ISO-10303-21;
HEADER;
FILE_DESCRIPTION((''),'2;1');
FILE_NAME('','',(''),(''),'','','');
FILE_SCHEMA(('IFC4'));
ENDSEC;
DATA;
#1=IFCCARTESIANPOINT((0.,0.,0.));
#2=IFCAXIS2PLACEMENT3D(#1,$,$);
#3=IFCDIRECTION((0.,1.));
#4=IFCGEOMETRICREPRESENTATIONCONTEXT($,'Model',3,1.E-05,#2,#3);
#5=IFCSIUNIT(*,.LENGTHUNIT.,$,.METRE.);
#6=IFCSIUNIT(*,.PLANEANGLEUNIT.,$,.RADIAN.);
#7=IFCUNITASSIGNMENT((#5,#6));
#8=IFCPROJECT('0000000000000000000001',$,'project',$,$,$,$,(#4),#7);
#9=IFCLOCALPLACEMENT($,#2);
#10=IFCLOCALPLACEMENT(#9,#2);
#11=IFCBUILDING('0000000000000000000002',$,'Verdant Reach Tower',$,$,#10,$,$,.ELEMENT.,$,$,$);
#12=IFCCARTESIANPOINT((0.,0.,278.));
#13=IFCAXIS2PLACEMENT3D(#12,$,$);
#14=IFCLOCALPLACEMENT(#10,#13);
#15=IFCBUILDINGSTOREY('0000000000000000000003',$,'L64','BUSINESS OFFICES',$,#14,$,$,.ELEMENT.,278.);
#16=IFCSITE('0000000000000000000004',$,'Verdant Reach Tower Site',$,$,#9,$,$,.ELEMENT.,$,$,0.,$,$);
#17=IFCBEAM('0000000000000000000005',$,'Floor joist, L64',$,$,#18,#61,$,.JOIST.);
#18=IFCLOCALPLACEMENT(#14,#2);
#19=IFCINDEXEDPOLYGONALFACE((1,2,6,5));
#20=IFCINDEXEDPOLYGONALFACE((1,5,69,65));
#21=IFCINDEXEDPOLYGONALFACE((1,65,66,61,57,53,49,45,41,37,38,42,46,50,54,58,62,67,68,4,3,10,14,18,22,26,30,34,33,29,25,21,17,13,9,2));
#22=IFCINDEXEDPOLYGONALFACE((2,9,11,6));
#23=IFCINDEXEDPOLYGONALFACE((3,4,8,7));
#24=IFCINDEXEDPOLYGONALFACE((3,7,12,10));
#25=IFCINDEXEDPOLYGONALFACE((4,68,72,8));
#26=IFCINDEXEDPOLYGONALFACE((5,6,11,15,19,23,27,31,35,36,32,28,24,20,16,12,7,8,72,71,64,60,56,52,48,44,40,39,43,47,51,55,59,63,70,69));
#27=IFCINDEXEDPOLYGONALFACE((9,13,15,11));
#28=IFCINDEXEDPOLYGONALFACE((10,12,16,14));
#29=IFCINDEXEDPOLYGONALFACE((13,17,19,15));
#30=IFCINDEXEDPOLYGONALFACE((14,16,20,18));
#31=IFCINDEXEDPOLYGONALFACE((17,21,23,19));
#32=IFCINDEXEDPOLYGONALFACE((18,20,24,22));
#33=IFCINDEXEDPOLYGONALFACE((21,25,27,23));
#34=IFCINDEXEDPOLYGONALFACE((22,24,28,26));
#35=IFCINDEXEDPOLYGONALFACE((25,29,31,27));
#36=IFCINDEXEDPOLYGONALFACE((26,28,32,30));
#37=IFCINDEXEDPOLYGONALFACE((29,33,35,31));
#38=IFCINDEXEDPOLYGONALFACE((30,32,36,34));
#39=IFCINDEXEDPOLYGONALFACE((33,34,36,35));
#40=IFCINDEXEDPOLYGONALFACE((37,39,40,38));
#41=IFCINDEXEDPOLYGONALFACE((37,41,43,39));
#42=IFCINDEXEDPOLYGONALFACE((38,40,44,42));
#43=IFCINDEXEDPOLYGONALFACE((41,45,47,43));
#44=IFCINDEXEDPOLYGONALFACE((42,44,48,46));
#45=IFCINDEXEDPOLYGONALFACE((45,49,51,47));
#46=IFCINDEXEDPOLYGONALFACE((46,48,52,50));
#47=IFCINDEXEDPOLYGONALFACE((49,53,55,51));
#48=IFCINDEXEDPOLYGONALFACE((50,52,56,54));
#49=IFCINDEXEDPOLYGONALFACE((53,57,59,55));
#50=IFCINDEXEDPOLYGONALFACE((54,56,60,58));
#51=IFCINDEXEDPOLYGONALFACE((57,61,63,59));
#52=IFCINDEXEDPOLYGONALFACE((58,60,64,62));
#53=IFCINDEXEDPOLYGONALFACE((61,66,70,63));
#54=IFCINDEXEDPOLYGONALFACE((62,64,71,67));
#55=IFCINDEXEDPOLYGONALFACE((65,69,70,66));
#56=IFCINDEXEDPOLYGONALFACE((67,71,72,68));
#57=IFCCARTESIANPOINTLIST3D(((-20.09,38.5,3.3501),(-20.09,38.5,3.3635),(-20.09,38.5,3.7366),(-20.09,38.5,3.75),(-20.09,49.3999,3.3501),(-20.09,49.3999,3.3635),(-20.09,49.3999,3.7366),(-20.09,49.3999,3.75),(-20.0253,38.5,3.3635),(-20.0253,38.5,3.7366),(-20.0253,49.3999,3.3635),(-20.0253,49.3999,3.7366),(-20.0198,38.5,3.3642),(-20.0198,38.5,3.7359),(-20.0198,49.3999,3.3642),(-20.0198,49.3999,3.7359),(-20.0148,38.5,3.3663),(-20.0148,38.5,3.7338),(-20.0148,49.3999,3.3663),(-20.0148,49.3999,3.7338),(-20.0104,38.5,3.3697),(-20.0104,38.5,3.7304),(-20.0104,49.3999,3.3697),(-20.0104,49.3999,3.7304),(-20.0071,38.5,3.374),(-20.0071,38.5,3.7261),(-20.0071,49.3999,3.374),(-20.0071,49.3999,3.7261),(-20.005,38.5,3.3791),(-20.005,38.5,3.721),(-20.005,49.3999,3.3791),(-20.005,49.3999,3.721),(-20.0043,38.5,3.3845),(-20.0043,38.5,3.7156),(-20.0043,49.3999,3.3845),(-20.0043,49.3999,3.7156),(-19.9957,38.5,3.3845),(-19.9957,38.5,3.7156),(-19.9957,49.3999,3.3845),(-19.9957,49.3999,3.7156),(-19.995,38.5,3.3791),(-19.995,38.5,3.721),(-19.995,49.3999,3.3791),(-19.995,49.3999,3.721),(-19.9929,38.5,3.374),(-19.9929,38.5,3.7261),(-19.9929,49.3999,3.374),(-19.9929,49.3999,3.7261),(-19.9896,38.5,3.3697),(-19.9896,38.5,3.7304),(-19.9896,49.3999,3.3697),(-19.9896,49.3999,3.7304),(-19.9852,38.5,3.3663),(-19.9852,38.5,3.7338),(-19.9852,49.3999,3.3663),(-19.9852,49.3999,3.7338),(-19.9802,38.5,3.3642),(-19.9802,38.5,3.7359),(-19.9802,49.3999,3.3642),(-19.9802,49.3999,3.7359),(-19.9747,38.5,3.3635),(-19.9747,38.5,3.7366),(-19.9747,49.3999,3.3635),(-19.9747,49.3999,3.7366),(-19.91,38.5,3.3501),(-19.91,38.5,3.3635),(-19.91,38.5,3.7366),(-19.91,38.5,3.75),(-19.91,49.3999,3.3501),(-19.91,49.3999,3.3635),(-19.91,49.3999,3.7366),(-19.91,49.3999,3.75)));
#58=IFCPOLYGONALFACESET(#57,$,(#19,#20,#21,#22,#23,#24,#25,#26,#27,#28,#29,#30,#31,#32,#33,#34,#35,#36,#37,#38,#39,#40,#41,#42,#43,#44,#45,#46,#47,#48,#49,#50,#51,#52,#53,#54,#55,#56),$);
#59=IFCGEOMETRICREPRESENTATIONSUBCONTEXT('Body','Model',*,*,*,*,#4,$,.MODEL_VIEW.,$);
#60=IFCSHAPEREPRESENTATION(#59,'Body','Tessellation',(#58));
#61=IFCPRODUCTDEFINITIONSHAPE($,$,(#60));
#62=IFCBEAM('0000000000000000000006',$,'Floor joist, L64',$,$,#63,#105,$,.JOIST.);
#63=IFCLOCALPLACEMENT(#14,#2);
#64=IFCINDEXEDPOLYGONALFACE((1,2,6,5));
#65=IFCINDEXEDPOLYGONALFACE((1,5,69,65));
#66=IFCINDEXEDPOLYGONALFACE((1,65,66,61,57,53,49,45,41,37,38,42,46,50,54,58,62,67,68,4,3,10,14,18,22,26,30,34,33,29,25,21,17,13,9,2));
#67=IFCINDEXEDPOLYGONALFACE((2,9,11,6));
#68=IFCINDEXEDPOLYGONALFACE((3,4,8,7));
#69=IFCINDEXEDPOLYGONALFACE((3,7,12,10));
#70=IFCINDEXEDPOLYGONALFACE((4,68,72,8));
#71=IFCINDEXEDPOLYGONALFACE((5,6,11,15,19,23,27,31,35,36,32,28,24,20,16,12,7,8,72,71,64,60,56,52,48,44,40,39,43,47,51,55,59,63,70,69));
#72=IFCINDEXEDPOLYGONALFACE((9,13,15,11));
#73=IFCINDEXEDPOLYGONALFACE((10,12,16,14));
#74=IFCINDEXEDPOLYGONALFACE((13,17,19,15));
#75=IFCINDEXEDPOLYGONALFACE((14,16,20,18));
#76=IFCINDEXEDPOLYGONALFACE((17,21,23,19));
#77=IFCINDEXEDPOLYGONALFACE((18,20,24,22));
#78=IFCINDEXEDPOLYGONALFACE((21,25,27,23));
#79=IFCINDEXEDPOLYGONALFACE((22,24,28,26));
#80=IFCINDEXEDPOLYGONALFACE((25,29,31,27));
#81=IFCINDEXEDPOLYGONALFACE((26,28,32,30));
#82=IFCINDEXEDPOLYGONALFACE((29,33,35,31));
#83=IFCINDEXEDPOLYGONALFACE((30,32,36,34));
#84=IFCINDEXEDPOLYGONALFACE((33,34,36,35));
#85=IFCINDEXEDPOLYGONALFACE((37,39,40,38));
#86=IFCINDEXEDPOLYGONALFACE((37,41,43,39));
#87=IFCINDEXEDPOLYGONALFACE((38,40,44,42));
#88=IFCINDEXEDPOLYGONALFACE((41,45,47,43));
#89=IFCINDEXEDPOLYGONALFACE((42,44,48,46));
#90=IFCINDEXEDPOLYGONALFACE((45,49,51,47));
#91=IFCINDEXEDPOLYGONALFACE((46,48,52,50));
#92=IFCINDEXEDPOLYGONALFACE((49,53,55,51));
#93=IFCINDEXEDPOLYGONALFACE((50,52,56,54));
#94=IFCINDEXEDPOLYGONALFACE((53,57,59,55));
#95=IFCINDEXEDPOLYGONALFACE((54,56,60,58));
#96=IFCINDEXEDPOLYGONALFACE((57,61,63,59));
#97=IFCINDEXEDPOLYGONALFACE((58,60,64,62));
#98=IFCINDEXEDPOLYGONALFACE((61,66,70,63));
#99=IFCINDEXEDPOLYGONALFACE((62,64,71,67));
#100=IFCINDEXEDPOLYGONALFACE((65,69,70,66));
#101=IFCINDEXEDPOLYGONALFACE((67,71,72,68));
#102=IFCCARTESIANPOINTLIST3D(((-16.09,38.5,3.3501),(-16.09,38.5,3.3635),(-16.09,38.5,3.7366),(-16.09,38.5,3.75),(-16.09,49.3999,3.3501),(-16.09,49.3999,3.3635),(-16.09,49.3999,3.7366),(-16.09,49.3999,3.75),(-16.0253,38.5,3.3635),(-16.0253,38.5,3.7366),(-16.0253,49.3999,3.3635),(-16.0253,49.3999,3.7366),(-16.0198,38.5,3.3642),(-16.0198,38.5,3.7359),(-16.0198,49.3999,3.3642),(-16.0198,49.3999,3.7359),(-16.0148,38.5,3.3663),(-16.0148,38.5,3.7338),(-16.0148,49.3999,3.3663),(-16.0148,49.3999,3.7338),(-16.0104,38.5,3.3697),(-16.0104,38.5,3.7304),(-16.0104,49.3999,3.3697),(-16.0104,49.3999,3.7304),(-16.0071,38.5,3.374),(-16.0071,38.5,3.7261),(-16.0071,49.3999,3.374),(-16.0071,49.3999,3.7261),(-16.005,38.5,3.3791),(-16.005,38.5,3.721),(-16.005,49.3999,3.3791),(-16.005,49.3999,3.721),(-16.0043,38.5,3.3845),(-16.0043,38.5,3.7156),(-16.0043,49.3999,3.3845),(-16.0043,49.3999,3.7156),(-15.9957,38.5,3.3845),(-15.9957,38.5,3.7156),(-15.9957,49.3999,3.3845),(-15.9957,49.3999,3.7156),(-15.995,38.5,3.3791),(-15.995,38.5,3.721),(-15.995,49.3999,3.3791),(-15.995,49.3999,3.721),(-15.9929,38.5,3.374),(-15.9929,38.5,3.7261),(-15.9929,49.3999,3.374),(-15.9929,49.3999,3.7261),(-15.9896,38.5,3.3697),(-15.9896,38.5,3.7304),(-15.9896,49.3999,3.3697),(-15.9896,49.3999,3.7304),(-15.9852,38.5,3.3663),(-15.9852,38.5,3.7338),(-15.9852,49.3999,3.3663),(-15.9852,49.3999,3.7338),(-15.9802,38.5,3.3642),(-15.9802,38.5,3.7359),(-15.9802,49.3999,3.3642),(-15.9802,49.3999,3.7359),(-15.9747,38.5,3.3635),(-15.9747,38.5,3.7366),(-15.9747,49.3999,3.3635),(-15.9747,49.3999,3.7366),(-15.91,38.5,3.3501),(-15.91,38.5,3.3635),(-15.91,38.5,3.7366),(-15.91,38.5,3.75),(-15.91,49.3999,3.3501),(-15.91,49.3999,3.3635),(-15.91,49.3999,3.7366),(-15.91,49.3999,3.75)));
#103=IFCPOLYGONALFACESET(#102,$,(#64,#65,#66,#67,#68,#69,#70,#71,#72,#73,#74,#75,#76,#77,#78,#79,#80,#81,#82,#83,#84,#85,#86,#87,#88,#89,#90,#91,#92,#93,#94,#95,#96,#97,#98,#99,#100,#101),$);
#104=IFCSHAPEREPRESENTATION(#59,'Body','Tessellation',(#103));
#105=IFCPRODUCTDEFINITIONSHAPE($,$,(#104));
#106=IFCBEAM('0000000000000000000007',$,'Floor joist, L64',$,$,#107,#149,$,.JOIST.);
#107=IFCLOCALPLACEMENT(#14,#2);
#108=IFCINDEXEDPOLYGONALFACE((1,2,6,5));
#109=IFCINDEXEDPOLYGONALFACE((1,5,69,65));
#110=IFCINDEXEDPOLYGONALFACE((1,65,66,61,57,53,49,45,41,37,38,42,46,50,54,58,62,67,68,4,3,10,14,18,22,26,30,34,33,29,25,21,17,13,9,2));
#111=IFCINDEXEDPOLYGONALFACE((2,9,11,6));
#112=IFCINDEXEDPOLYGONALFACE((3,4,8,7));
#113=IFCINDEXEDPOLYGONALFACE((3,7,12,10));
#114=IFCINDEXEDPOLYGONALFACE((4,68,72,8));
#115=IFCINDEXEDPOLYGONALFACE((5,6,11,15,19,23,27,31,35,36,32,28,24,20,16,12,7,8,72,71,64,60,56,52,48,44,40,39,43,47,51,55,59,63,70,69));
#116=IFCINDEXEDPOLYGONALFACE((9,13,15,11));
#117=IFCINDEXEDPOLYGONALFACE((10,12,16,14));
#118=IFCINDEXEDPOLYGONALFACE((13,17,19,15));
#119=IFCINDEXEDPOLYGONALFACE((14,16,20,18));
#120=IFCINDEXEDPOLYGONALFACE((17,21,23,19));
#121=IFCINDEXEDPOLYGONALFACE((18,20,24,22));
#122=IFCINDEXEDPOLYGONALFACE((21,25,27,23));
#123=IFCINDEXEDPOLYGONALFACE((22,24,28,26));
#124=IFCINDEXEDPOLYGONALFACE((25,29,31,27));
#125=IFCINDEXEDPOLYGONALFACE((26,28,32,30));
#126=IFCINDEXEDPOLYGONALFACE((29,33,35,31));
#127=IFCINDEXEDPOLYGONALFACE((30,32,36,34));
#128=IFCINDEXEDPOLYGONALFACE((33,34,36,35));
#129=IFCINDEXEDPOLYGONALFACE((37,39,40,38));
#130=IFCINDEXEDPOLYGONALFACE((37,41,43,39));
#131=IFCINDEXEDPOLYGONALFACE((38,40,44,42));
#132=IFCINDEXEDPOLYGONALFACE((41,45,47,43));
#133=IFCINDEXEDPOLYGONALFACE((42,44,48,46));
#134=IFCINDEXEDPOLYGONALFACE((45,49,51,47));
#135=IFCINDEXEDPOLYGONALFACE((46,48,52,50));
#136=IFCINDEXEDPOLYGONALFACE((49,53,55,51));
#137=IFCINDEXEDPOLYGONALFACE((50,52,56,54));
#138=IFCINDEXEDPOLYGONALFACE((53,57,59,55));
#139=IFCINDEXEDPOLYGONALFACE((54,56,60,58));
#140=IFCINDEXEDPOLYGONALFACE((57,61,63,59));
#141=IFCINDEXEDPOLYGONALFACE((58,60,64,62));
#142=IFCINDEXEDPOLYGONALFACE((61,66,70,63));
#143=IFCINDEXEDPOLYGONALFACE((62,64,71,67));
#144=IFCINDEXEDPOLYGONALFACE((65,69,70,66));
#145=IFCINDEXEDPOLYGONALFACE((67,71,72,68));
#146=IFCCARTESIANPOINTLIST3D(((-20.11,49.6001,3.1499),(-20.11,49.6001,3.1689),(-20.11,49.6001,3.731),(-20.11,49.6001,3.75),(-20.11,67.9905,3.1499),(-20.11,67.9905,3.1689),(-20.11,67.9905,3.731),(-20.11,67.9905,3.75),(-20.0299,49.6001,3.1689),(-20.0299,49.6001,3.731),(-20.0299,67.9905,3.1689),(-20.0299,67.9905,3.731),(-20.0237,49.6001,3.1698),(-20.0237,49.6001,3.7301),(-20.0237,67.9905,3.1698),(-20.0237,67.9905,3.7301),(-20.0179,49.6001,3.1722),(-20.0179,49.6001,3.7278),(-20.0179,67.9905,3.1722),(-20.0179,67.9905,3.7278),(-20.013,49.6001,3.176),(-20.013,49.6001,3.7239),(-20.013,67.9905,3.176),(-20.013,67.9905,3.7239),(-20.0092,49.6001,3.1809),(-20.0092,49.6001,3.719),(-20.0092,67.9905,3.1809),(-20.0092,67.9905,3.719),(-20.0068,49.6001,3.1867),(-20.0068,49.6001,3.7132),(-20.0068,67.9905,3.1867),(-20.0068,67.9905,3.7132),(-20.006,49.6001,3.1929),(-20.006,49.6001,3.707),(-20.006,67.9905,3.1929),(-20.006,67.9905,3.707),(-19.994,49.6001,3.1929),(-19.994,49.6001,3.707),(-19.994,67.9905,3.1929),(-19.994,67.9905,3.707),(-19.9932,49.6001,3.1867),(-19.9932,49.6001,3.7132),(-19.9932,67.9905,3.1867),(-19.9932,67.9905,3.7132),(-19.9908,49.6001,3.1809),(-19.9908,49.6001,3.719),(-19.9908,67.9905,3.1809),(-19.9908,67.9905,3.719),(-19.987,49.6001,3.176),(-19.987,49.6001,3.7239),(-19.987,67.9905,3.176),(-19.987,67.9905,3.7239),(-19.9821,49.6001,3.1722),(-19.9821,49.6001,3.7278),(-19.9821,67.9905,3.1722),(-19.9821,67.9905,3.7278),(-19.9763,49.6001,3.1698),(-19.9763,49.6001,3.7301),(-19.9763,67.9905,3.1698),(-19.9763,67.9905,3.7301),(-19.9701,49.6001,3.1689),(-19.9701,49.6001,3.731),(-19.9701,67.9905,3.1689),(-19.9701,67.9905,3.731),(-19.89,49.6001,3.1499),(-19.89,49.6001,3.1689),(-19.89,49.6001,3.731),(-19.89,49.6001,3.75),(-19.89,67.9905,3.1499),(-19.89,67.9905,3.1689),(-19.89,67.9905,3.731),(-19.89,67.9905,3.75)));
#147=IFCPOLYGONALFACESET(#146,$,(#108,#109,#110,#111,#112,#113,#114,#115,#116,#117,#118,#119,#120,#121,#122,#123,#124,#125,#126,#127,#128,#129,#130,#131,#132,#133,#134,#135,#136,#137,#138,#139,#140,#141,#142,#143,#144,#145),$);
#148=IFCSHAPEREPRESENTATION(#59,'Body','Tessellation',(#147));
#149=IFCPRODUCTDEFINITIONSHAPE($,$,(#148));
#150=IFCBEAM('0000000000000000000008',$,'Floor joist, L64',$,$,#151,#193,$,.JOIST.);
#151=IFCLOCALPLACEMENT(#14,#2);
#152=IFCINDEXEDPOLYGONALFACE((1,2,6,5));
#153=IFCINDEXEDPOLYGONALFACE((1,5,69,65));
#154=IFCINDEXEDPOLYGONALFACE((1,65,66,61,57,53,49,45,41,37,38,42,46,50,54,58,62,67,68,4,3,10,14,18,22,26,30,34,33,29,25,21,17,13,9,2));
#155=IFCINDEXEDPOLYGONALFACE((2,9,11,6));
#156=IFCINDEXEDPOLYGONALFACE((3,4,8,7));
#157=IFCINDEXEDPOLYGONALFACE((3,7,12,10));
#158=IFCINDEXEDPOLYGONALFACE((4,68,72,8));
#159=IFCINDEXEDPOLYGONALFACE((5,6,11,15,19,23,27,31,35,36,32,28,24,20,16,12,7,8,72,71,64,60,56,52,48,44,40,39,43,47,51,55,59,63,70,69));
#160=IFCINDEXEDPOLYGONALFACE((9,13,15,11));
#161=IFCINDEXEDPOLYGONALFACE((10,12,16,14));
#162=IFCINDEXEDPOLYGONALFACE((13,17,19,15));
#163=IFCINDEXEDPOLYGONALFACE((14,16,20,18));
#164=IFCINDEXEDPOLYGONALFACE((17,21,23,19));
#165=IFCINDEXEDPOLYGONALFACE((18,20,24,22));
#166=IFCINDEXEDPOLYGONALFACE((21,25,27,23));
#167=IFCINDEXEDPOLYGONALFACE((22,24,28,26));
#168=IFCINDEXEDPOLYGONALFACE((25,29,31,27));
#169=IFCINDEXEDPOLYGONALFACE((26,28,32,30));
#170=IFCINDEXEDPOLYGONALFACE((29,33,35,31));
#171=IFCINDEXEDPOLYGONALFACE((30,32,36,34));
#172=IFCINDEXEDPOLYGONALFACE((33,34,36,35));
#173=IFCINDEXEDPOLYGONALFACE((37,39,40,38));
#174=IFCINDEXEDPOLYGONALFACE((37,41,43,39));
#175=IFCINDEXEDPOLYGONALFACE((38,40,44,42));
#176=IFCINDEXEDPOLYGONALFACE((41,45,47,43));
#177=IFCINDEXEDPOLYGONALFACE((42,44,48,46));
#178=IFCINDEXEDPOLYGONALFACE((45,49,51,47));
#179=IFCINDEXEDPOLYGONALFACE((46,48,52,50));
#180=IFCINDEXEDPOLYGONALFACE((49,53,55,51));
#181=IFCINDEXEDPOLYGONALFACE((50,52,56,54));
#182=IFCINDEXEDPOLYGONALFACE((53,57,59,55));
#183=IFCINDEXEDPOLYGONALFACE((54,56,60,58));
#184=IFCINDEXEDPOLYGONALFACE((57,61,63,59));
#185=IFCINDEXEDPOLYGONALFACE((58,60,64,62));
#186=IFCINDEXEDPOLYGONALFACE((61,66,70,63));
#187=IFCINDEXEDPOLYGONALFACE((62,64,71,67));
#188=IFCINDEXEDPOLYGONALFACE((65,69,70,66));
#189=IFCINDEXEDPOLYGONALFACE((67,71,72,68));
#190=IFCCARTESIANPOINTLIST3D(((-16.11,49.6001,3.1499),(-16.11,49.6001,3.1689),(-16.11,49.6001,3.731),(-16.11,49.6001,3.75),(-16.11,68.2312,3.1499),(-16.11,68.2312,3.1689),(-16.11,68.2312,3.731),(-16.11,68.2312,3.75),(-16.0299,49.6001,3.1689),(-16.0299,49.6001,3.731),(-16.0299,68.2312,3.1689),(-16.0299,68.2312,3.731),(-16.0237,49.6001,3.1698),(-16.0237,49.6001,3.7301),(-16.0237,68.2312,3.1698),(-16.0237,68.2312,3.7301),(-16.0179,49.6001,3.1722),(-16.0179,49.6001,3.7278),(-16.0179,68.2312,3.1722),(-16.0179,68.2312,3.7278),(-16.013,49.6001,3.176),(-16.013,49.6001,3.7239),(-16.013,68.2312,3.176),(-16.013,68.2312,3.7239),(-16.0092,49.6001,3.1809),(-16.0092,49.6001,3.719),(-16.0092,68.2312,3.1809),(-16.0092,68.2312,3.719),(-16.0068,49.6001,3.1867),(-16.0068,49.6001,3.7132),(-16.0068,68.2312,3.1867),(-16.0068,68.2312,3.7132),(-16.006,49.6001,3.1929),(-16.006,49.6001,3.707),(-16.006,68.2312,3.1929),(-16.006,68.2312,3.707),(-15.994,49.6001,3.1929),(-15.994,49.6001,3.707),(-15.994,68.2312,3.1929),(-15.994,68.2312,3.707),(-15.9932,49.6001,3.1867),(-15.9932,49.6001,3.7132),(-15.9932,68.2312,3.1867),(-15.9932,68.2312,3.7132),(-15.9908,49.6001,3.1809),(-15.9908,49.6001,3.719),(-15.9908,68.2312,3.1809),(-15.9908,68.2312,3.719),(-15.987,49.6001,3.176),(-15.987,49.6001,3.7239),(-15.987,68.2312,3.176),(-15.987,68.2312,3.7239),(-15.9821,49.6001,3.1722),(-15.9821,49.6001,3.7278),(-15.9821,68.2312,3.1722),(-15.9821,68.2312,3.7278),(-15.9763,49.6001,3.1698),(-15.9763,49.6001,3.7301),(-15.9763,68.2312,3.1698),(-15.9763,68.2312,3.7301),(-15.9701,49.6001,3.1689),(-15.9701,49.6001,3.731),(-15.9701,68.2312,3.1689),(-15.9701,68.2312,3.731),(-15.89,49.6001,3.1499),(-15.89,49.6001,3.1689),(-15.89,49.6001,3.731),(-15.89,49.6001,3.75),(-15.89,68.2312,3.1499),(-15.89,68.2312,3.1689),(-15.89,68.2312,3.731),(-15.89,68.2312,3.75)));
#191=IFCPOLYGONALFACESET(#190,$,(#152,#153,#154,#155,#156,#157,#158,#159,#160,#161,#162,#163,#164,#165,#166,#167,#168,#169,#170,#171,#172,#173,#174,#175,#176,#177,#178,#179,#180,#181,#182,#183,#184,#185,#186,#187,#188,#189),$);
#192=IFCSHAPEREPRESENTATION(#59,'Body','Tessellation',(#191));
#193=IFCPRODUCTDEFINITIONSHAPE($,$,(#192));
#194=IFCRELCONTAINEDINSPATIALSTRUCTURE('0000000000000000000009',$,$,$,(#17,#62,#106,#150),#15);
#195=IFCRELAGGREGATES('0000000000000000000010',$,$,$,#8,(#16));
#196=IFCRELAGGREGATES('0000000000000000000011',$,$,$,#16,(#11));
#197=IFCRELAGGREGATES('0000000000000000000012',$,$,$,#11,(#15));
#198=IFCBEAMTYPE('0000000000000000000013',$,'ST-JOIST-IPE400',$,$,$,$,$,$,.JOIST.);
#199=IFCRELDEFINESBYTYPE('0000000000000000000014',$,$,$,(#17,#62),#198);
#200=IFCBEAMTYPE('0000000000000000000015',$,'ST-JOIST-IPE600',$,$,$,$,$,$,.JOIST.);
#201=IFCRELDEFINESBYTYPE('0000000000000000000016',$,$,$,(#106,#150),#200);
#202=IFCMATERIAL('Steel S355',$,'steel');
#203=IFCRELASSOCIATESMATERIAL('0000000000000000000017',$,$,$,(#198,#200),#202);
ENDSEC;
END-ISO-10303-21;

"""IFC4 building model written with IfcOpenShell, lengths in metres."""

from ifc_helpers import new_model, si_unit, direction, frame, origin, origin_2d, place, context, subcontext, project, spatial, i_section, extrude, material, material_profile, profile_set, type_object, element, save


model = new_model("IFC4")

# Units and contexts
model_context = context("Model", 3, precision=1e-05, world=origin(), true_north=direction((0.0, 1.0)))
body_context = subcontext(model_context, "Body", "Model", "MODEL_VIEW")
ifc_project = project(units=[si_unit("LENGTHUNIT", "METRE"), si_unit("PLANEANGLEUNIT", "RADIAN")], contexts=[model_context])

# Site, building, storey
site_placement = place(None, origin())
site = spatial("IfcSite", under=ifc_project, at=site_placement, Name="Verdant Reach Tower Site", CompositionType="ELEMENT", RefElevation=0.0)
building_placement = place(site_placement, origin())
building = spatial("IfcBuilding", under=site, at=building_placement, Name="Verdant Reach Tower", CompositionType="ELEMENT")
storey_placement = place(building_placement, frame((0.0, 0.0, 278.0)))
storey = spatial("IfcBuildingStorey", under=building, at=storey_placement, Name="L64", Description="BUSINESS OFFICES", CompositionType="ELEMENT", Elevation=278.0)

# Beams
ifc_material_1 = material(Name="Steel S355", Category="steel")
ifc_material_profile_1 = material_profile(ifc_material_1, i_section(OverallWidth=0.1799, OverallDepth=0.3999, WebThickness=0.0085, FlangeThickness=0.0134, FilletRadius=0.021, at=origin_2d()), Name="IPE 400")
ifc_profile_set_1 = profile_set([ifc_material_profile_1], Name="Steel S355")
beam_type_1 = type_object("IfcBeamType", Name="ST-JOIST-IPE400", PredefinedType="JOIST", material=ifc_profile_set_1)
for number, where, z_axis, x_axis, name in (
    (1, (-20.0, 38.5, 3.55), (0.0, 1.0, 0.0), (-1.0, 0.0, 0.0), "Floor joist, L64"),
    (2, (-16.0, 38.5, 3.55), (0.0, 1.0, 0.0), (-1.0, 0.0, 0.0), "Floor joist, L64"),
):
    element("IfcBeam", number, at=place(storey_placement, frame(where, z_axis=z_axis, x_axis=x_axis)), inside=storey, type_object=beam_type_1, Name=name, PredefinedType="JOIST", context=body_context, shape_type="SweptSolid", body=[
        extrude(i_section(OverallWidth=0.1799, OverallDepth=0.3999, WebThickness=0.0085, FlangeThickness=0.0134, FilletRadius=0.021, at=origin_2d()), origin(), (0.0, 0.0, 1.0), 10.8999),
    ])
ifc_material_profile_2 = material_profile(ifc_material_1, i_section(OverallWidth=0.22, OverallDepth=0.6001, WebThickness=0.012, FlangeThickness=0.019, FilletRadius=0.0239, at=origin_2d()), Name="IPE 600")
ifc_profile_set_2 = profile_set([ifc_material_profile_2], Name="Steel S355")
beam_type_2 = type_object("IfcBeamType", Name="ST-JOIST-IPE600", PredefinedType="JOIST", material=ifc_profile_set_2)
beam_1_placement = place(storey_placement, frame((-20.0, 49.6001, 3.45), z_axis=(0.0, 1.0, 0.0), x_axis=(-1.0, 0.0, 0.0)))
element("IfcBeam", 3, at=beam_1_placement, inside=storey, type_object=beam_type_2, Name="Floor joist, L64", PredefinedType="JOIST", context=body_context, shape_type="SweptSolid", body=[
    extrude(i_section(OverallWidth=0.22, OverallDepth=0.6001, WebThickness=0.012, FlangeThickness=0.019, FilletRadius=0.0239, at=origin_2d()), origin(), (0.0, 0.0, 1.0), 18.3904),
])
beam_2_placement = place(storey_placement, frame((-16.0, 49.6001, 3.45), z_axis=(0.0, 1.0, 0.0), x_axis=(-1.0, 0.0, 0.0)))
element("IfcBeam", 4, at=beam_2_placement, inside=storey, type_object=beam_type_2, Name="Floor joist, L64", PredefinedType="JOIST", context=body_context, shape_type="SweptSolid", body=[
    extrude(i_section(OverallWidth=0.22, OverallDepth=0.6001, WebThickness=0.012, FlangeThickness=0.019, FilletRadius=0.0239, at=origin_2d()), origin(), (0.0, 0.0, 1.0), 18.6311),
])

save(model, "model.ifc")
